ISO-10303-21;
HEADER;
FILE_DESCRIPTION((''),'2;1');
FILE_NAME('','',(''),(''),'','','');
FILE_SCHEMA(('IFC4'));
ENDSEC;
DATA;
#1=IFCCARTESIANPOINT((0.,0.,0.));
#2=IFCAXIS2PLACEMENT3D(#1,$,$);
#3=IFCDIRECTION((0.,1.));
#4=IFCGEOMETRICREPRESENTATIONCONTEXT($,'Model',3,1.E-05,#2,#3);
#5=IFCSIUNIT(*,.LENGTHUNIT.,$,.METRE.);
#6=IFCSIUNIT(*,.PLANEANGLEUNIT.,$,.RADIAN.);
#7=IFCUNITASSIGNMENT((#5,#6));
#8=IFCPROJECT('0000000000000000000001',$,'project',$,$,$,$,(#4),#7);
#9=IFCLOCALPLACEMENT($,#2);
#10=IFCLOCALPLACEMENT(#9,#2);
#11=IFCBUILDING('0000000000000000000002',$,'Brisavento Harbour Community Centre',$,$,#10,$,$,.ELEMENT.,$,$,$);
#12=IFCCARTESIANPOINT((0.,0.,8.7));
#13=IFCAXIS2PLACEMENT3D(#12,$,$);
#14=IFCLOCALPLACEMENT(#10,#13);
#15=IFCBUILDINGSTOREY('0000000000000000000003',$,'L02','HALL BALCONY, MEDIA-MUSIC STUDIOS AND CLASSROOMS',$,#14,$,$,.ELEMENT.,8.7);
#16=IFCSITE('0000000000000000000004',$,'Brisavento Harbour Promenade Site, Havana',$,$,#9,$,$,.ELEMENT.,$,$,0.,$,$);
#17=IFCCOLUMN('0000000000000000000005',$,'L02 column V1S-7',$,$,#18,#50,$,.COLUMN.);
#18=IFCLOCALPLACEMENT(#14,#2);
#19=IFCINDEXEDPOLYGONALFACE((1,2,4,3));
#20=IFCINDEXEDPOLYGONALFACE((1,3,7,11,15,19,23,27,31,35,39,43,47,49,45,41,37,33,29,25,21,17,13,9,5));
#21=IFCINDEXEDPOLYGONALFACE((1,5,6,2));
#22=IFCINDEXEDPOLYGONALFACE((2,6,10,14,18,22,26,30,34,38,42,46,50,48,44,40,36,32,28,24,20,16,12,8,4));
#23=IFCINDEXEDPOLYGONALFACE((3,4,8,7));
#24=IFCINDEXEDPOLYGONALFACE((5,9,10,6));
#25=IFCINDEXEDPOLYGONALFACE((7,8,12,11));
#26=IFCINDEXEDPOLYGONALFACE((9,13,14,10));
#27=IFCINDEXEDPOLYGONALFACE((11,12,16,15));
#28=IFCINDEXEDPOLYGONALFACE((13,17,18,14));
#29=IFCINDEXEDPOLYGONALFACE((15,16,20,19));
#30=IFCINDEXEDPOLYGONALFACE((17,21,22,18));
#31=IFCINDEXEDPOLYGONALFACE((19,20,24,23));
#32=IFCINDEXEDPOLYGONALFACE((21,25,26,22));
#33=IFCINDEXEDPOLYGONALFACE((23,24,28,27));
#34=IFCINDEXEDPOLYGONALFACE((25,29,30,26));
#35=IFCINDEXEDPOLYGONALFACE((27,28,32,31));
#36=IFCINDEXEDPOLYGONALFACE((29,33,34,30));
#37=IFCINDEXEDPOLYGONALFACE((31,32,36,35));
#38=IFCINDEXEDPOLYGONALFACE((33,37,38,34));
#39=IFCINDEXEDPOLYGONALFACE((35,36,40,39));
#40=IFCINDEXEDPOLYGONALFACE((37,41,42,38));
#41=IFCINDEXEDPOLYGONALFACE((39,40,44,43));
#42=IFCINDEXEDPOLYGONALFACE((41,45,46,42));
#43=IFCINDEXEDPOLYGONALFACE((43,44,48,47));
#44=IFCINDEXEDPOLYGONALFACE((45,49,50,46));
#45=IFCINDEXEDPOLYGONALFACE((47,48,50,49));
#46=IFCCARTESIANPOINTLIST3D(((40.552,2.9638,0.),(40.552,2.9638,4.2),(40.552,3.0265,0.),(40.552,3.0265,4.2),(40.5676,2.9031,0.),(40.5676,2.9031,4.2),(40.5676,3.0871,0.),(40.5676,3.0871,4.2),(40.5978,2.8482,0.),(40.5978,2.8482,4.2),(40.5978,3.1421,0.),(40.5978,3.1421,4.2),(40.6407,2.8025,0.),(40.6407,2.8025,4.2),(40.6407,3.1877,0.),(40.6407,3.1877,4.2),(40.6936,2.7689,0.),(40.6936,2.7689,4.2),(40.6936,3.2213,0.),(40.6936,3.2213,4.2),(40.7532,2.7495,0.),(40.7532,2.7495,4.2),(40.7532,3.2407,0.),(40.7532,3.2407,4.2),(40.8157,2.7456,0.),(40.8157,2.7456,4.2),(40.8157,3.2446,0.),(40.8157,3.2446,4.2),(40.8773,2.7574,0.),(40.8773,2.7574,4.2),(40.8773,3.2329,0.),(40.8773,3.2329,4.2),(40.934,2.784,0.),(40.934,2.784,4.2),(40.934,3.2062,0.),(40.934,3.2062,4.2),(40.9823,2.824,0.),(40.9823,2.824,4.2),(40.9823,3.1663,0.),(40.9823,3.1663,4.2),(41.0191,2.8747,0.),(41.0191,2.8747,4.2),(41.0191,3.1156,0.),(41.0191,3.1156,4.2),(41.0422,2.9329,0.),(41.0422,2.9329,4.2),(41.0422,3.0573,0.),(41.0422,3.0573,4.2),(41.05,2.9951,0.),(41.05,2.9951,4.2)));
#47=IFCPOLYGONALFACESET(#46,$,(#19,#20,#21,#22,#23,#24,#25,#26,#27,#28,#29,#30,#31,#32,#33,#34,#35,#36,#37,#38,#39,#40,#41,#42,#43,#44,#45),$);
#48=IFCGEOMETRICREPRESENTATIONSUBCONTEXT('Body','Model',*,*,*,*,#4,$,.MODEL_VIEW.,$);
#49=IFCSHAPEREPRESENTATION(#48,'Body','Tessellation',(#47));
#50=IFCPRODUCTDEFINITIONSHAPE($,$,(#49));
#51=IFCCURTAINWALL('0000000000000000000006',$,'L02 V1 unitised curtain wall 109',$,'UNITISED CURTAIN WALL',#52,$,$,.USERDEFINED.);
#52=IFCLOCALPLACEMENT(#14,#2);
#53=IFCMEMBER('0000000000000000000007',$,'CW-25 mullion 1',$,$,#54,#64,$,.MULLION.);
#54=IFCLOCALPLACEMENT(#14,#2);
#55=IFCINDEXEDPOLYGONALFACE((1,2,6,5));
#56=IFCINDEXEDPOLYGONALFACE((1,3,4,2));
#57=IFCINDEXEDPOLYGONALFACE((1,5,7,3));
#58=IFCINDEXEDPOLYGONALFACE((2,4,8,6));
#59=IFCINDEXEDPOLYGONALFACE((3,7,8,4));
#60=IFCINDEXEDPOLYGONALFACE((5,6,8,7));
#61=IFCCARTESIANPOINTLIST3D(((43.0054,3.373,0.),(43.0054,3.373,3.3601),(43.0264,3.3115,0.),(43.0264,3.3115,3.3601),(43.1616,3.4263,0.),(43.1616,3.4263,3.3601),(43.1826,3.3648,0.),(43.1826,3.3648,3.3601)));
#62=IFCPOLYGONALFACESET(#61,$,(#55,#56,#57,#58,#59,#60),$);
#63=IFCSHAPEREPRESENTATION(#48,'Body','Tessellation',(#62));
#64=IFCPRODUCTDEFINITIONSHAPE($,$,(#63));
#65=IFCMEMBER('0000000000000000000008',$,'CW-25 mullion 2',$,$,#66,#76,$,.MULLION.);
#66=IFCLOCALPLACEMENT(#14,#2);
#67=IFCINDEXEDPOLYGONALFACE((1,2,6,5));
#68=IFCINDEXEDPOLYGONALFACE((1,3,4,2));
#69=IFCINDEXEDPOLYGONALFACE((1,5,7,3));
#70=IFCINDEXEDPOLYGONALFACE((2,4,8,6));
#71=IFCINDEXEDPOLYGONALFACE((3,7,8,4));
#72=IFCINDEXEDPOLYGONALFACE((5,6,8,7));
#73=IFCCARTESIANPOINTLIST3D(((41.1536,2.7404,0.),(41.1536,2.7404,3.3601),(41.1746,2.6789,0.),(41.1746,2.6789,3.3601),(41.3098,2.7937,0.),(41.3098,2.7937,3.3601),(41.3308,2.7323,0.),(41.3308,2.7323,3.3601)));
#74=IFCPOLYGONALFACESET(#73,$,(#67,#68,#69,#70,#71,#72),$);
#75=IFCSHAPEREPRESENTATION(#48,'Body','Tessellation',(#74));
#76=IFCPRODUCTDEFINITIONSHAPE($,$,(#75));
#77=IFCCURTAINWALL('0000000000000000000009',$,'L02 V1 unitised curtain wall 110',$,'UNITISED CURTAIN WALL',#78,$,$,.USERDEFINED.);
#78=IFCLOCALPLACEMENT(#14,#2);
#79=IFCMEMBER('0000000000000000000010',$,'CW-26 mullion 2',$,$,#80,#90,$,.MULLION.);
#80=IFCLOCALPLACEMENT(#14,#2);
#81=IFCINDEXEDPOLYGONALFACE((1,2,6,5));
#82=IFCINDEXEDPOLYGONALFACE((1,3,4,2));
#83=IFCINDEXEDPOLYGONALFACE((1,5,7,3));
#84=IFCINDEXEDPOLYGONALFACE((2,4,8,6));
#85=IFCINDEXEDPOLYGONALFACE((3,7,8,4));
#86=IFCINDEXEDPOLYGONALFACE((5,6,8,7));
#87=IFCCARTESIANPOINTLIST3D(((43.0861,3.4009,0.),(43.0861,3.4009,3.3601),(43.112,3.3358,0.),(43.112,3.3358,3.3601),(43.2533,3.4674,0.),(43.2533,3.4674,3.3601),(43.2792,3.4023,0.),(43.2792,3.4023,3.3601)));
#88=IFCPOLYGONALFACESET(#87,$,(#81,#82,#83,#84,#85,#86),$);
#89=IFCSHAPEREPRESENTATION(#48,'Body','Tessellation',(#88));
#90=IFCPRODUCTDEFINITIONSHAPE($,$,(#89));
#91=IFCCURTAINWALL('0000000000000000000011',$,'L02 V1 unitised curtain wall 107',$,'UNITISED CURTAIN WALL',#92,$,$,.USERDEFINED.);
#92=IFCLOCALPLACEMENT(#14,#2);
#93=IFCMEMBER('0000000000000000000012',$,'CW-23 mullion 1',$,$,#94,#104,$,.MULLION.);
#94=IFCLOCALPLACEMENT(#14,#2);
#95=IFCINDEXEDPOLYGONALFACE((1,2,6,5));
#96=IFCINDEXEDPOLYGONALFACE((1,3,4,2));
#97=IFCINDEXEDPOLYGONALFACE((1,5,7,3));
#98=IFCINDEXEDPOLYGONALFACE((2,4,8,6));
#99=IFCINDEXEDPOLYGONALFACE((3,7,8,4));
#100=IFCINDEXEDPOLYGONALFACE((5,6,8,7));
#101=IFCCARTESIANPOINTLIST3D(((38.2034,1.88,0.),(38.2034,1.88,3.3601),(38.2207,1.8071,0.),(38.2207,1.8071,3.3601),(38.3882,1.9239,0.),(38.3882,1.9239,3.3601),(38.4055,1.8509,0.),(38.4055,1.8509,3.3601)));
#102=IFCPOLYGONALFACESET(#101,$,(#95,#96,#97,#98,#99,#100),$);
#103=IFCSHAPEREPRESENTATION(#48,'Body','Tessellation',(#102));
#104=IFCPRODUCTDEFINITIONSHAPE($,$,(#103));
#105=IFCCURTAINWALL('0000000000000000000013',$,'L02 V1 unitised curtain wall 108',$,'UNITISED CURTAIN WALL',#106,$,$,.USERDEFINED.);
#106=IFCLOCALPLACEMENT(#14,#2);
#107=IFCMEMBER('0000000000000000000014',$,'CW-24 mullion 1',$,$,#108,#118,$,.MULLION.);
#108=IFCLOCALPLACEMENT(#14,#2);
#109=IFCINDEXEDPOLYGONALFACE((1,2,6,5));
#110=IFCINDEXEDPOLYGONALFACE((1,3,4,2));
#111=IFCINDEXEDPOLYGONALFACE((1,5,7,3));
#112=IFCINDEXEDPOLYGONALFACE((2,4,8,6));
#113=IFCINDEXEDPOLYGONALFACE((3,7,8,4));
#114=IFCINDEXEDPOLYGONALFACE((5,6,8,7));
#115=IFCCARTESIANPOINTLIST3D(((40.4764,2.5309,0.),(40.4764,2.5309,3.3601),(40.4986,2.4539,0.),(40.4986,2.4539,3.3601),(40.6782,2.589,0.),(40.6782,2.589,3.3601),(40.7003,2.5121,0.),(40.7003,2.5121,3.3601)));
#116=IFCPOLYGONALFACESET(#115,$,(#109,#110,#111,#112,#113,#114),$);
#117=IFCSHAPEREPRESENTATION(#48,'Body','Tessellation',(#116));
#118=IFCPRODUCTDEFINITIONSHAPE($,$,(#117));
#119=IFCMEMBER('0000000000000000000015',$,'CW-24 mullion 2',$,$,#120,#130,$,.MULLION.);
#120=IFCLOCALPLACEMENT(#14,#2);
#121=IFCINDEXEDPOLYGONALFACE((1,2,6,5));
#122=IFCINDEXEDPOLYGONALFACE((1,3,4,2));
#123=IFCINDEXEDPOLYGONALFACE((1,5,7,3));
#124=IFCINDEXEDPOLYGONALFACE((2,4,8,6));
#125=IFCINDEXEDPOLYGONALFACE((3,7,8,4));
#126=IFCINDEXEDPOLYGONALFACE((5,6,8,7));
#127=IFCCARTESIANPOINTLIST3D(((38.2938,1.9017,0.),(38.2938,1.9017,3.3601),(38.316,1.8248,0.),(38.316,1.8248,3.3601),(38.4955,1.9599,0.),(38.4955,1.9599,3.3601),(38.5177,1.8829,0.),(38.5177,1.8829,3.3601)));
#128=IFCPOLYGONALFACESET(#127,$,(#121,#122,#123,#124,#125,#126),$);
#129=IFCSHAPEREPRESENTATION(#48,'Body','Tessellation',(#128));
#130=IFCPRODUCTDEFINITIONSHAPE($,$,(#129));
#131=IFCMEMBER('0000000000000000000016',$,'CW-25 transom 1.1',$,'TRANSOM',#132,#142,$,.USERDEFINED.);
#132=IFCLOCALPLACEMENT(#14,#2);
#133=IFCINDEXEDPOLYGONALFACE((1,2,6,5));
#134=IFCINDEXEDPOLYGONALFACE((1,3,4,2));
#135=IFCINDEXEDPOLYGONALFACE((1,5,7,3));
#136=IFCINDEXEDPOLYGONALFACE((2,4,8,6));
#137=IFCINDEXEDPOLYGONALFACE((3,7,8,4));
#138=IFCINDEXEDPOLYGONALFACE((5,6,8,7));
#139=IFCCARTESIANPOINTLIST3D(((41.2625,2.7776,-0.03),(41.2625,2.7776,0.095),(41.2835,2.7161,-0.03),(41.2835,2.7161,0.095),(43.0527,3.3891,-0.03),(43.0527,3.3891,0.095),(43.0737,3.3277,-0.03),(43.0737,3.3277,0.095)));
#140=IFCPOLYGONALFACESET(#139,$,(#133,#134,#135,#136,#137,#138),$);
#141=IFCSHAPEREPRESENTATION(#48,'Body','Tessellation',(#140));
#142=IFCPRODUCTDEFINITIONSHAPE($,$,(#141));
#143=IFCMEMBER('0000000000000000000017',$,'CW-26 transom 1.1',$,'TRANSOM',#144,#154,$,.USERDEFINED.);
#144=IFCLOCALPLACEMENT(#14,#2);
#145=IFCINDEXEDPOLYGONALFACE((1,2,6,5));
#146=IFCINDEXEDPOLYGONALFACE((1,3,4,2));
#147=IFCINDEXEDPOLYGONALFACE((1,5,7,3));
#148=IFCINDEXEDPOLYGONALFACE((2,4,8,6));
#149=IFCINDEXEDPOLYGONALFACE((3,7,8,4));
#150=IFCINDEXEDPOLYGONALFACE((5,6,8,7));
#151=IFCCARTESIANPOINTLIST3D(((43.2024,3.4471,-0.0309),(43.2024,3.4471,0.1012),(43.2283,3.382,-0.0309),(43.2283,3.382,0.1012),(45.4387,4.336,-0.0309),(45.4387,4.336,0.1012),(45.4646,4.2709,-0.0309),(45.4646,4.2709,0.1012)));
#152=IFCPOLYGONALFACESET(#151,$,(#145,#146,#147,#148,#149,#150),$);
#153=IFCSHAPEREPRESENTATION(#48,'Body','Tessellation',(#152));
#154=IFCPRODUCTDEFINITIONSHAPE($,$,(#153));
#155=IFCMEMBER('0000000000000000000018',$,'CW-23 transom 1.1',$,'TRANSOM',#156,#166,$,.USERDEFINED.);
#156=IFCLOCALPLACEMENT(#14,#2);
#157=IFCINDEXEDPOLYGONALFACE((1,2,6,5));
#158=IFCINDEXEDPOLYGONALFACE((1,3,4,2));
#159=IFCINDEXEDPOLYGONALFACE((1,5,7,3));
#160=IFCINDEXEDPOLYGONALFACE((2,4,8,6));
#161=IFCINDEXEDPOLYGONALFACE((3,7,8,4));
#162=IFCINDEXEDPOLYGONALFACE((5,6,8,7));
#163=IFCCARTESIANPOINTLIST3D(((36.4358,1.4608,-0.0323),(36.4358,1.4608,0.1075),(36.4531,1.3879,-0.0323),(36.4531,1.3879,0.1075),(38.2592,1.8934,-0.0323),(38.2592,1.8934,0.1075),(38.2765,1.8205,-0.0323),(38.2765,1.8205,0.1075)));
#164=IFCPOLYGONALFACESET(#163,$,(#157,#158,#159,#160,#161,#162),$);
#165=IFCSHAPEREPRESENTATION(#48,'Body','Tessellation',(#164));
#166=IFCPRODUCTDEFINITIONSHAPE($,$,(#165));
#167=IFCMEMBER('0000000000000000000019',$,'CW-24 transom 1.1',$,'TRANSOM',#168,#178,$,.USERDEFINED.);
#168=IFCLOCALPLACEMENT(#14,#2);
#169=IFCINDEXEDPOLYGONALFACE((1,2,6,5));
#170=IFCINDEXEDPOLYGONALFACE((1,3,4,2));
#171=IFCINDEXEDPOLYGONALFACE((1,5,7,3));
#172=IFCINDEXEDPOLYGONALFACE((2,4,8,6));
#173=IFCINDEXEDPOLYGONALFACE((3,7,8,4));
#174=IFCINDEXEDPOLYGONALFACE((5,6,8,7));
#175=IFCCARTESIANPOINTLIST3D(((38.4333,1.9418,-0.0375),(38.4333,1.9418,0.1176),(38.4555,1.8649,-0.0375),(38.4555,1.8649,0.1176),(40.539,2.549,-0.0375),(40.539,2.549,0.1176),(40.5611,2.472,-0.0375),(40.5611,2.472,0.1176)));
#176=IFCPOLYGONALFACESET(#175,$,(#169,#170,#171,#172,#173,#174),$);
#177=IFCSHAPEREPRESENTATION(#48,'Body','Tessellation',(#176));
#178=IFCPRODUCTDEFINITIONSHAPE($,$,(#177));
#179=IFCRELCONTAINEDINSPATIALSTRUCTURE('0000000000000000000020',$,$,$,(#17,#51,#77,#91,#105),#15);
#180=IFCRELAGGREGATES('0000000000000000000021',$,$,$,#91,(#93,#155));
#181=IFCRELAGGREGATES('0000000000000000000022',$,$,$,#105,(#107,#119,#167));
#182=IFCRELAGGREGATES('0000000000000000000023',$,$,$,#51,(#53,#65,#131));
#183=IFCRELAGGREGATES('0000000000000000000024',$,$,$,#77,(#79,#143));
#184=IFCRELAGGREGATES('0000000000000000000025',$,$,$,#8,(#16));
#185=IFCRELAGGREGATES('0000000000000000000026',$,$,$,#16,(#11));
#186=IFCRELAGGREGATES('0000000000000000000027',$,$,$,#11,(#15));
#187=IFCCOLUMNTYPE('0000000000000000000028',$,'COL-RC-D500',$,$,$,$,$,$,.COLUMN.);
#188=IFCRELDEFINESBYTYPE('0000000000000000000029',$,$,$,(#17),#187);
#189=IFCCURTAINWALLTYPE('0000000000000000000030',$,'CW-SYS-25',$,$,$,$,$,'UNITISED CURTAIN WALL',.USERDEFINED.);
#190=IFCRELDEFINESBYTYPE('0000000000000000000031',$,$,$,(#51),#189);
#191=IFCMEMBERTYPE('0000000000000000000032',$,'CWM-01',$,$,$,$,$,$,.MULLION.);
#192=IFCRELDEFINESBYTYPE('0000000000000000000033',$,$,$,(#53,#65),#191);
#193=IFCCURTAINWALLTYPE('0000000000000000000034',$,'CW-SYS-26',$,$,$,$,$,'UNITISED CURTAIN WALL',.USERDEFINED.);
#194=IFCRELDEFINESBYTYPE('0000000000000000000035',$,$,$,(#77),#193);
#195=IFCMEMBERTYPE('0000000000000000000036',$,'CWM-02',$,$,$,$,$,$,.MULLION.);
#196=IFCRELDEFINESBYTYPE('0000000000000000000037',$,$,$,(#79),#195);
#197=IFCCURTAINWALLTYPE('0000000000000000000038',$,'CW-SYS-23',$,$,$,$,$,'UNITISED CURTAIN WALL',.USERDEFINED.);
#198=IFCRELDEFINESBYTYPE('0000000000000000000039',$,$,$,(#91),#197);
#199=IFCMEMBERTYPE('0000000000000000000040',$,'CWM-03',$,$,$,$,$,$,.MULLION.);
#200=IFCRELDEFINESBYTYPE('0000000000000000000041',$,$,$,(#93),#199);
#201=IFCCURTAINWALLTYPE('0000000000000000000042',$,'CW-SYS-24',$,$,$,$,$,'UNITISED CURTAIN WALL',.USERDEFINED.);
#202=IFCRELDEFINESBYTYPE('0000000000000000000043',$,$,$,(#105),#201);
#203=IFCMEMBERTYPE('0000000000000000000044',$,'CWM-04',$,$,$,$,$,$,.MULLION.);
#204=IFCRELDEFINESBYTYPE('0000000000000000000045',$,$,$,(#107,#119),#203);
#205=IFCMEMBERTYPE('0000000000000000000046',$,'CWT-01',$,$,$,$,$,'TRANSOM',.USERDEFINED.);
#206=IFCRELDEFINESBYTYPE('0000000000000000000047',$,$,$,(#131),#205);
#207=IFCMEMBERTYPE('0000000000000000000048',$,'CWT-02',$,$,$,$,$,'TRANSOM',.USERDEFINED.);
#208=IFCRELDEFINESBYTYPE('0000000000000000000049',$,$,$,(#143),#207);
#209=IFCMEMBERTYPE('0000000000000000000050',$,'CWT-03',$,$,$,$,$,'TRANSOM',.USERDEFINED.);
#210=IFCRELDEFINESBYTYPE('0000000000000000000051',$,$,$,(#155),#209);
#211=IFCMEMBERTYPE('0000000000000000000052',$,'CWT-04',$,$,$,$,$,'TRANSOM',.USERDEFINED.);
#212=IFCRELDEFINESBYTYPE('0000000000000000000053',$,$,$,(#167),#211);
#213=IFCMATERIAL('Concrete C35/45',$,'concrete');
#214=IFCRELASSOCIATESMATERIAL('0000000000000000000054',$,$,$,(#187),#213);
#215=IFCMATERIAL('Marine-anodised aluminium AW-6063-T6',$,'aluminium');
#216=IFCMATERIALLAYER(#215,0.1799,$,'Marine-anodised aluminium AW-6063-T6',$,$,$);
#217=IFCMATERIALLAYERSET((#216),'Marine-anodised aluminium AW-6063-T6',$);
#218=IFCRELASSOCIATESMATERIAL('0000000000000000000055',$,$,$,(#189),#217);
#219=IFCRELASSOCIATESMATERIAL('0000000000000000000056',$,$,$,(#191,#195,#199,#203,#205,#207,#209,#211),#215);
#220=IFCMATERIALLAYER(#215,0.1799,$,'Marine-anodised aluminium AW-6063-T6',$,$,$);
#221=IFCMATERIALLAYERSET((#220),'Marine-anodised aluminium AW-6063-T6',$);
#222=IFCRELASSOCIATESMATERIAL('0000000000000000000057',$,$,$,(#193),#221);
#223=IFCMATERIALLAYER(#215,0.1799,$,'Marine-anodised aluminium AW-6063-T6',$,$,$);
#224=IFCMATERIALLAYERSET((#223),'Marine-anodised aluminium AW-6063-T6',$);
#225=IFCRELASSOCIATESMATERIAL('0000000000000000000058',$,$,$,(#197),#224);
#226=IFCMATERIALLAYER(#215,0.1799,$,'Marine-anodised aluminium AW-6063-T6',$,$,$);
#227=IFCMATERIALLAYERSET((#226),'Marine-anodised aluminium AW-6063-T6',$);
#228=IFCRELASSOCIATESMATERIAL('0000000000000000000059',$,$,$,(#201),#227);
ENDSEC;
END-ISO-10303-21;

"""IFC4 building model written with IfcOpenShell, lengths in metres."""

from ifc_helpers import new_model, si_unit, direction, frame, origin, origin_2d, place, context, subcontext, project, spatial, rectangle, circle, extrude, material, layer, layer_set, material_profile, profile_set, type_object, element, aggregate, save


model = new_model("IFC4")

# Units and contexts
model_context = context("Model", 3, precision=1e-05, world=origin(), true_north=direction((0.0, 1.0)))
body_context = subcontext(model_context, "Body", "Model", "MODEL_VIEW")
ifc_project = project(units=[si_unit("LENGTHUNIT", "METRE"), si_unit("PLANEANGLEUNIT", "RADIAN")], contexts=[model_context])

# Site, building, storey
site_placement = place(None, origin())
site = spatial("IfcSite", under=ifc_project, at=site_placement, Name="Brisavento Harbour Promenade Site, Havana", CompositionType="ELEMENT", RefElevation=0.0)
building_placement = place(site_placement, origin())
building = spatial("IfcBuilding", under=site, at=building_placement, Name="Brisavento Harbour Community Centre", CompositionType="ELEMENT")
storey_placement = place(building_placement, frame((0.0, 0.0, 8.7)))
storey = spatial("IfcBuildingStorey", under=building, at=storey_placement, Name="L02", Description="HALL BALCONY, MEDIA-MUSIC STUDIOS AND CLASSROOMS", CompositionType="ELEMENT", Elevation=8.7)

# Column
ifc_material_1 = material(Name="Concrete C35/45", Category="concrete")
ifc_material_profile_1 = material_profile(ifc_material_1, circle(Radius=0.25, at=origin_2d()), Name="Concrete C35/45")
ifc_profile_set_1 = profile_set([ifc_material_profile_1], Name="Concrete C35/45")
column_type = type_object("IfcColumnType", Name="COL-RC-D500", PredefinedType="COLUMN", material=ifc_profile_set_1)
column_placement = place(storey_placement, frame((40.8, 2.9951, 0.0), z_axis=(0.0, 0.0, 1.0), x_axis=(1.0, 0.0, 0.0)))
element("IfcColumn", 1, at=column_placement, inside=storey, type_object=column_type, Name="L02 column V1S-7", PredefinedType="COLUMN", context=body_context, shape_type="SweptSolid", body=[
    extrude(circle(Radius=0.25, at=origin_2d()), origin(), (0.0, 0.0, 1.0), 4.2),
])

# Curtain wall, members
ifc_material_2 = material(Name="Marine-anodised aluminium AW-6063-T6", Category="aluminium")
ifc_layer_1 = layer(ifc_material_2, 0.1799, Name="Marine-anodised aluminium AW-6063-T6")
ifc_layer_set_1 = layer_set([ifc_layer_1], Name="Marine-anodised aluminium AW-6063-T6")
curtain_wall_type_1 = type_object("IfcCurtainWallType", Name="CW-SYS-25", ElementType="UNITISED CURTAIN WALL", PredefinedType="USERDEFINED", material=ifc_layer_set_1)
curtain_wall_1_placement = place(storey_placement, origin())
curtain_wall_1 = element("IfcCurtainWall", 2, at=curtain_wall_1_placement, inside=storey, type_object=curtain_wall_type_1, Name="L02 V1 unitised curtain wall 109", ObjectType="UNITISED CURTAIN WALL", PredefinedType="USERDEFINED")
ifc_material_profile_2 = material_profile(ifc_material_2, rectangle(XDim=0.0649, YDim=0.165, at=origin_2d()), Name="Marine-anodised aluminium AW-6063-T6")
ifc_profile_set_2 = profile_set([ifc_material_profile_2], Name="Marine-anodised aluminium AW-6063-T6")
member_type_1 = type_object("IfcMemberType", Name="CWM-01", PredefinedType="MULLION", material=ifc_profile_set_2)
member_1_placement = place(storey_placement, frame((43.094, 3.3689, 0.0), z_axis=(0.0, 0.0, 1.0), x_axis=(0.323178, -0.946338, 0.0)))
member_1 = element("IfcMember", 3, at=member_1_placement, type_object=member_type_1, Name="CW-25 mullion 1", PredefinedType="MULLION", context=body_context, shape_type="SweptSolid", body=[
    extrude(rectangle(XDim=0.0649, YDim=0.165, at=origin_2d()), origin(), (0.0, 0.0, 1.0), 3.3601),
])
member_2_placement = place(storey_placement, frame((41.2422, 2.7363, 0.0), z_axis=(0.0, 0.0, 1.0), x_axis=(0.323178, -0.946338, 0.0)))
member_2 = element("IfcMember", 4, at=member_2_placement, type_object=member_type_1, Name="CW-25 mullion 2", PredefinedType="MULLION", context=body_context, shape_type="SweptSolid", body=[
    extrude(rectangle(XDim=0.0649, YDim=0.165, at=origin_2d()), origin(), (0.0, 0.0, 1.0), 3.3601),
])

# Curtain walls, members
ifc_layer_2 = layer(ifc_material_2, 0.1799, Name="Marine-anodised aluminium AW-6063-T6")
ifc_layer_set_2 = layer_set([ifc_layer_2], Name="Marine-anodised aluminium AW-6063-T6")
curtain_wall_type_2 = type_object("IfcCurtainWallType", Name="CW-SYS-26", ElementType="UNITISED CURTAIN WALL", PredefinedType="USERDEFINED", material=ifc_layer_set_2)
curtain_wall_2_placement = place(storey_placement, origin())
curtain_wall_2 = element("IfcCurtainWall", 5, at=curtain_wall_2_placement, inside=storey, type_object=curtain_wall_type_2, Name="L02 V1 unitised curtain wall 110", ObjectType="UNITISED CURTAIN WALL", PredefinedType="USERDEFINED")
ifc_material_profile_3 = material_profile(ifc_material_2, rectangle(XDim=0.0701, YDim=0.1799, at=origin_2d()), Name="Marine-anodised aluminium AW-6063-T6")
ifc_profile_set_3 = profile_set([ifc_material_profile_3], Name="Marine-anodised aluminium AW-6063-T6")
member_type_2 = type_object("IfcMemberType", Name="CWM-02", PredefinedType="MULLION", material=ifc_profile_set_3)
member_3_placement = place(storey_placement, frame((43.1826, 3.4016, 0.0), z_axis=(0.0, 0.0, 1.0), x_axis=(0.369379, -0.929279, 0.0)))
member_3 = element("IfcMember", 6, at=member_3_placement, type_object=member_type_2, Name="CW-26 mullion 2", PredefinedType="MULLION", context=body_context, shape_type="SweptSolid", body=[
    extrude(rectangle(XDim=0.0701, YDim=0.1799, at=origin_2d()), origin(), (0.0, 0.0, 1.0), 3.3601),
])
ifc_layer_3 = layer(ifc_material_2, 0.1799, Name="Marine-anodised aluminium AW-6063-T6")
ifc_layer_set_3 = layer_set([ifc_layer_3], Name="Marine-anodised aluminium AW-6063-T6")
curtain_wall_type_3 = type_object("IfcCurtainWallType", Name="CW-SYS-23", ElementType="UNITISED CURTAIN WALL", PredefinedType="USERDEFINED", material=ifc_layer_set_3)
curtain_wall_3_placement = place(storey_placement, origin())
curtain_wall_3 = element("IfcCurtainWall", 7, at=curtain_wall_3_placement, inside=storey, type_object=curtain_wall_type_3, Name="L02 V1 unitised curtain wall 107", ObjectType="UNITISED CURTAIN WALL", PredefinedType="USERDEFINED")
ifc_material_profile_4 = material_profile(ifc_material_2, rectangle(XDim=0.075, YDim=0.1899, at=origin_2d()), Name="Marine-anodised aluminium AW-6063-T6")
ifc_profile_set_4 = profile_set([ifc_material_profile_4], Name="Marine-anodised aluminium AW-6063-T6")
member_type_3 = type_object("IfcMemberType", Name="CWM-03", PredefinedType="MULLION", material=ifc_profile_set_4)
member_4_placement = place(storey_placement, frame((38.3044, 1.8655, 0.0), z_axis=(0.0, 0.0, 1.0), x_axis=(0.230812, -0.972998, 0.0)))
member_4 = element("IfcMember", 8, at=member_4_placement, type_object=member_type_3, Name="CW-23 mullion 1", PredefinedType="MULLION", context=body_context, shape_type="SweptSolid", body=[
    extrude(rectangle(XDim=0.075, YDim=0.1899, at=origin_2d()), origin(), (0.0, 0.0, 1.0), 3.3601),
])

# Curtain wall, members
ifc_layer_4 = layer(ifc_material_2, 0.1799, Name="Marine-anodised aluminium AW-6063-T6")
ifc_layer_set_4 = layer_set([ifc_layer_4], Name="Marine-anodised aluminium AW-6063-T6")
curtain_wall_type_4 = type_object("IfcCurtainWallType", Name="CW-SYS-24", ElementType="UNITISED CURTAIN WALL", PredefinedType="USERDEFINED", material=ifc_layer_set_4)
curtain_wall_4_placement = place(storey_placement, origin())
curtain_wall_4 = element("IfcCurtainWall", 9, at=curtain_wall_4_placement, inside=storey, type_object=curtain_wall_type_4, Name="L02 V1 unitised curtain wall 108", ObjectType="UNITISED CURTAIN WALL", PredefinedType="USERDEFINED")
ifc_material_profile_5 = material_profile(ifc_material_2, rectangle(XDim=0.0801, YDim=0.21, at=origin_2d()), Name="Marine-anodised aluminium AW-6063-T6")
ifc_profile_set_5 = profile_set([ifc_material_profile_5], Name="Marine-anodised aluminium AW-6063-T6")
member_type_4 = type_object("IfcMemberType", Name="CWM-04", PredefinedType="MULLION", material=ifc_profile_set_5)
member_5_placement = place(storey_placement, frame((40.5884, 2.5215, 0.0), z_axis=(0.0, 0.0, 1.0), x_axis=(0.277012, -0.960866, 0.0)))
member_5 = element("IfcMember", 10, at=member_5_placement, type_object=member_type_4, Name="CW-24 mullion 1", PredefinedType="MULLION", context=body_context, shape_type="SweptSolid", body=[
    extrude(rectangle(XDim=0.0801, YDim=0.21, at=origin_2d()), origin(), (0.0, 0.0, 1.0), 3.3601),
])
member_6_placement = place(storey_placement, frame((38.4058, 1.8923, 0.0), z_axis=(0.0, 0.0, 1.0), x_axis=(0.277012, -0.960866, 0.0)))
member_6 = element("IfcMember", 11, at=member_6_placement, type_object=member_type_4, Name="CW-24 mullion 2", PredefinedType="MULLION", context=body_context, shape_type="SweptSolid", body=[
    extrude(rectangle(XDim=0.0801, YDim=0.21, at=origin_2d()), origin(), (0.0, 0.0, 1.0), 3.3601),
])

# Members
ifc_material_profile_6 = material_profile(ifc_material_2, rectangle(XDim=0.0649, YDim=0.125, at=origin_2d()), Name="Marine-anodised aluminium AW-6063-T6")
ifc_profile_set_6 = profile_set([ifc_material_profile_6], Name="Marine-anodised aluminium AW-6063-T6")
member_type_5 = type_object("IfcMemberType", Name="CWT-01", ElementType="TRANSOM", PredefinedType="USERDEFINED", material=ifc_profile_set_6)
member_7_placement = place(storey_placement, frame((43.0632, 3.3584, 0.0325), z_axis=(-0.946308, -0.323265, 0.0), x_axis=(0.323265, -0.946308, 0.0)))
member_7 = element("IfcMember", 12, at=member_7_placement, type_object=member_type_5, Name="CW-25 transom 1.1", ObjectType="TRANSOM", PredefinedType="USERDEFINED", context=body_context, shape_type="SweptSolid", body=[
    extrude(rectangle(XDim=0.0649, YDim=0.125, at=origin_2d()), origin(), (0.0, 0.0, 1.0), 1.8918),
])
ifc_material_profile_7 = material_profile(ifc_material_2, rectangle(XDim=0.0701, YDim=0.1321, at=origin_2d()), Name="Marine-anodised aluminium AW-6063-T6")
ifc_profile_set_7 = profile_set([ifc_material_profile_7], Name="Marine-anodised aluminium AW-6063-T6")
member_type_6 = type_object("IfcMemberType", Name="CWT-02", ElementType="TRANSOM", PredefinedType="USERDEFINED", material=ifc_profile_set_7)
member_8_placement = place(storey_placement, frame((45.4517, 4.3035, 0.0352), z_axis=(-0.929279, -0.369378, 0.0), x_axis=(0.369378, -0.929279, 0.0)))
member_8 = element("IfcMember", 13, at=member_8_placement, type_object=member_type_6, Name="CW-26 transom 1.1", ObjectType="TRANSOM", PredefinedType="USERDEFINED", context=body_context, shape_type="SweptSolid", body=[
    extrude(rectangle(XDim=0.0701, YDim=0.1321, at=origin_2d()), origin(), (0.0, 0.0, 1.0), 2.4065),
])
ifc_material_profile_8 = material_profile(ifc_material_2, rectangle(XDim=0.075, YDim=0.1399, at=origin_2d()), Name="Marine-anodised aluminium AW-6063-T6")
ifc_profile_set_8 = profile_set([ifc_material_profile_8], Name="Marine-anodised aluminium AW-6063-T6")
member_type_7 = type_object("IfcMemberType", Name="CWT-03", ElementType="TRANSOM", PredefinedType="USERDEFINED", material=ifc_profile_set_8)
member_9_placement = place(storey_placement, frame((38.2678, 1.8569, 0.0376), z_axis=(-0.972992, -0.23084, 0.0), x_axis=(0.23084, -0.972992, 0.0)))
member_9 = element("IfcMember", 14, at=member_9_placement, type_object=member_type_7, Name="CW-23 transom 1.1", ObjectType="TRANSOM", PredefinedType="USERDEFINED", context=body_context, shape_type="SweptSolid", body=[
    extrude(rectangle(XDim=0.075, YDim=0.1399, at=origin_2d()), origin(), (0.0, 0.0, 1.0), 1.874),
])
aggregate(curtain_wall_3, [member_4, member_9])
ifc_material_profile_9 = material_profile(ifc_material_2, rectangle(XDim=0.0801, YDim=0.155, at=origin_2d()), Name="Marine-anodised aluminium AW-6063-T6")
ifc_profile_set_9 = profile_set([ifc_material_profile_9], Name="Marine-anodised aluminium AW-6063-T6")
member_type_8 = type_object("IfcMemberType", Name="CWT-04", ElementType="TRANSOM", PredefinedType="USERDEFINED", material=ifc_profile_set_9)
member_10_placement = place(storey_placement, frame((40.55, 2.5105, 0.04), z_axis=(-0.960853, -0.27706, 0.0), x_axis=(0.27706, -0.960853, 0.0)))
member_10 = element("IfcMember", 15, at=member_10_placement, type_object=member_type_8, Name="CW-24 transom 1.1", ObjectType="TRANSOM", PredefinedType="USERDEFINED", context=body_context, shape_type="SweptSolid", body=[
    extrude(rectangle(XDim=0.0801, YDim=0.155, at=origin_2d()), origin(), (0.0, 0.0, 1.0), 2.1914),
])

aggregate(curtain_wall_4, [member_5, member_6, member_10])
aggregate(curtain_wall_1, [member_1, member_2, member_7])
aggregate(curtain_wall_2, [member_3, member_8])

save(model, "model.ifc")
